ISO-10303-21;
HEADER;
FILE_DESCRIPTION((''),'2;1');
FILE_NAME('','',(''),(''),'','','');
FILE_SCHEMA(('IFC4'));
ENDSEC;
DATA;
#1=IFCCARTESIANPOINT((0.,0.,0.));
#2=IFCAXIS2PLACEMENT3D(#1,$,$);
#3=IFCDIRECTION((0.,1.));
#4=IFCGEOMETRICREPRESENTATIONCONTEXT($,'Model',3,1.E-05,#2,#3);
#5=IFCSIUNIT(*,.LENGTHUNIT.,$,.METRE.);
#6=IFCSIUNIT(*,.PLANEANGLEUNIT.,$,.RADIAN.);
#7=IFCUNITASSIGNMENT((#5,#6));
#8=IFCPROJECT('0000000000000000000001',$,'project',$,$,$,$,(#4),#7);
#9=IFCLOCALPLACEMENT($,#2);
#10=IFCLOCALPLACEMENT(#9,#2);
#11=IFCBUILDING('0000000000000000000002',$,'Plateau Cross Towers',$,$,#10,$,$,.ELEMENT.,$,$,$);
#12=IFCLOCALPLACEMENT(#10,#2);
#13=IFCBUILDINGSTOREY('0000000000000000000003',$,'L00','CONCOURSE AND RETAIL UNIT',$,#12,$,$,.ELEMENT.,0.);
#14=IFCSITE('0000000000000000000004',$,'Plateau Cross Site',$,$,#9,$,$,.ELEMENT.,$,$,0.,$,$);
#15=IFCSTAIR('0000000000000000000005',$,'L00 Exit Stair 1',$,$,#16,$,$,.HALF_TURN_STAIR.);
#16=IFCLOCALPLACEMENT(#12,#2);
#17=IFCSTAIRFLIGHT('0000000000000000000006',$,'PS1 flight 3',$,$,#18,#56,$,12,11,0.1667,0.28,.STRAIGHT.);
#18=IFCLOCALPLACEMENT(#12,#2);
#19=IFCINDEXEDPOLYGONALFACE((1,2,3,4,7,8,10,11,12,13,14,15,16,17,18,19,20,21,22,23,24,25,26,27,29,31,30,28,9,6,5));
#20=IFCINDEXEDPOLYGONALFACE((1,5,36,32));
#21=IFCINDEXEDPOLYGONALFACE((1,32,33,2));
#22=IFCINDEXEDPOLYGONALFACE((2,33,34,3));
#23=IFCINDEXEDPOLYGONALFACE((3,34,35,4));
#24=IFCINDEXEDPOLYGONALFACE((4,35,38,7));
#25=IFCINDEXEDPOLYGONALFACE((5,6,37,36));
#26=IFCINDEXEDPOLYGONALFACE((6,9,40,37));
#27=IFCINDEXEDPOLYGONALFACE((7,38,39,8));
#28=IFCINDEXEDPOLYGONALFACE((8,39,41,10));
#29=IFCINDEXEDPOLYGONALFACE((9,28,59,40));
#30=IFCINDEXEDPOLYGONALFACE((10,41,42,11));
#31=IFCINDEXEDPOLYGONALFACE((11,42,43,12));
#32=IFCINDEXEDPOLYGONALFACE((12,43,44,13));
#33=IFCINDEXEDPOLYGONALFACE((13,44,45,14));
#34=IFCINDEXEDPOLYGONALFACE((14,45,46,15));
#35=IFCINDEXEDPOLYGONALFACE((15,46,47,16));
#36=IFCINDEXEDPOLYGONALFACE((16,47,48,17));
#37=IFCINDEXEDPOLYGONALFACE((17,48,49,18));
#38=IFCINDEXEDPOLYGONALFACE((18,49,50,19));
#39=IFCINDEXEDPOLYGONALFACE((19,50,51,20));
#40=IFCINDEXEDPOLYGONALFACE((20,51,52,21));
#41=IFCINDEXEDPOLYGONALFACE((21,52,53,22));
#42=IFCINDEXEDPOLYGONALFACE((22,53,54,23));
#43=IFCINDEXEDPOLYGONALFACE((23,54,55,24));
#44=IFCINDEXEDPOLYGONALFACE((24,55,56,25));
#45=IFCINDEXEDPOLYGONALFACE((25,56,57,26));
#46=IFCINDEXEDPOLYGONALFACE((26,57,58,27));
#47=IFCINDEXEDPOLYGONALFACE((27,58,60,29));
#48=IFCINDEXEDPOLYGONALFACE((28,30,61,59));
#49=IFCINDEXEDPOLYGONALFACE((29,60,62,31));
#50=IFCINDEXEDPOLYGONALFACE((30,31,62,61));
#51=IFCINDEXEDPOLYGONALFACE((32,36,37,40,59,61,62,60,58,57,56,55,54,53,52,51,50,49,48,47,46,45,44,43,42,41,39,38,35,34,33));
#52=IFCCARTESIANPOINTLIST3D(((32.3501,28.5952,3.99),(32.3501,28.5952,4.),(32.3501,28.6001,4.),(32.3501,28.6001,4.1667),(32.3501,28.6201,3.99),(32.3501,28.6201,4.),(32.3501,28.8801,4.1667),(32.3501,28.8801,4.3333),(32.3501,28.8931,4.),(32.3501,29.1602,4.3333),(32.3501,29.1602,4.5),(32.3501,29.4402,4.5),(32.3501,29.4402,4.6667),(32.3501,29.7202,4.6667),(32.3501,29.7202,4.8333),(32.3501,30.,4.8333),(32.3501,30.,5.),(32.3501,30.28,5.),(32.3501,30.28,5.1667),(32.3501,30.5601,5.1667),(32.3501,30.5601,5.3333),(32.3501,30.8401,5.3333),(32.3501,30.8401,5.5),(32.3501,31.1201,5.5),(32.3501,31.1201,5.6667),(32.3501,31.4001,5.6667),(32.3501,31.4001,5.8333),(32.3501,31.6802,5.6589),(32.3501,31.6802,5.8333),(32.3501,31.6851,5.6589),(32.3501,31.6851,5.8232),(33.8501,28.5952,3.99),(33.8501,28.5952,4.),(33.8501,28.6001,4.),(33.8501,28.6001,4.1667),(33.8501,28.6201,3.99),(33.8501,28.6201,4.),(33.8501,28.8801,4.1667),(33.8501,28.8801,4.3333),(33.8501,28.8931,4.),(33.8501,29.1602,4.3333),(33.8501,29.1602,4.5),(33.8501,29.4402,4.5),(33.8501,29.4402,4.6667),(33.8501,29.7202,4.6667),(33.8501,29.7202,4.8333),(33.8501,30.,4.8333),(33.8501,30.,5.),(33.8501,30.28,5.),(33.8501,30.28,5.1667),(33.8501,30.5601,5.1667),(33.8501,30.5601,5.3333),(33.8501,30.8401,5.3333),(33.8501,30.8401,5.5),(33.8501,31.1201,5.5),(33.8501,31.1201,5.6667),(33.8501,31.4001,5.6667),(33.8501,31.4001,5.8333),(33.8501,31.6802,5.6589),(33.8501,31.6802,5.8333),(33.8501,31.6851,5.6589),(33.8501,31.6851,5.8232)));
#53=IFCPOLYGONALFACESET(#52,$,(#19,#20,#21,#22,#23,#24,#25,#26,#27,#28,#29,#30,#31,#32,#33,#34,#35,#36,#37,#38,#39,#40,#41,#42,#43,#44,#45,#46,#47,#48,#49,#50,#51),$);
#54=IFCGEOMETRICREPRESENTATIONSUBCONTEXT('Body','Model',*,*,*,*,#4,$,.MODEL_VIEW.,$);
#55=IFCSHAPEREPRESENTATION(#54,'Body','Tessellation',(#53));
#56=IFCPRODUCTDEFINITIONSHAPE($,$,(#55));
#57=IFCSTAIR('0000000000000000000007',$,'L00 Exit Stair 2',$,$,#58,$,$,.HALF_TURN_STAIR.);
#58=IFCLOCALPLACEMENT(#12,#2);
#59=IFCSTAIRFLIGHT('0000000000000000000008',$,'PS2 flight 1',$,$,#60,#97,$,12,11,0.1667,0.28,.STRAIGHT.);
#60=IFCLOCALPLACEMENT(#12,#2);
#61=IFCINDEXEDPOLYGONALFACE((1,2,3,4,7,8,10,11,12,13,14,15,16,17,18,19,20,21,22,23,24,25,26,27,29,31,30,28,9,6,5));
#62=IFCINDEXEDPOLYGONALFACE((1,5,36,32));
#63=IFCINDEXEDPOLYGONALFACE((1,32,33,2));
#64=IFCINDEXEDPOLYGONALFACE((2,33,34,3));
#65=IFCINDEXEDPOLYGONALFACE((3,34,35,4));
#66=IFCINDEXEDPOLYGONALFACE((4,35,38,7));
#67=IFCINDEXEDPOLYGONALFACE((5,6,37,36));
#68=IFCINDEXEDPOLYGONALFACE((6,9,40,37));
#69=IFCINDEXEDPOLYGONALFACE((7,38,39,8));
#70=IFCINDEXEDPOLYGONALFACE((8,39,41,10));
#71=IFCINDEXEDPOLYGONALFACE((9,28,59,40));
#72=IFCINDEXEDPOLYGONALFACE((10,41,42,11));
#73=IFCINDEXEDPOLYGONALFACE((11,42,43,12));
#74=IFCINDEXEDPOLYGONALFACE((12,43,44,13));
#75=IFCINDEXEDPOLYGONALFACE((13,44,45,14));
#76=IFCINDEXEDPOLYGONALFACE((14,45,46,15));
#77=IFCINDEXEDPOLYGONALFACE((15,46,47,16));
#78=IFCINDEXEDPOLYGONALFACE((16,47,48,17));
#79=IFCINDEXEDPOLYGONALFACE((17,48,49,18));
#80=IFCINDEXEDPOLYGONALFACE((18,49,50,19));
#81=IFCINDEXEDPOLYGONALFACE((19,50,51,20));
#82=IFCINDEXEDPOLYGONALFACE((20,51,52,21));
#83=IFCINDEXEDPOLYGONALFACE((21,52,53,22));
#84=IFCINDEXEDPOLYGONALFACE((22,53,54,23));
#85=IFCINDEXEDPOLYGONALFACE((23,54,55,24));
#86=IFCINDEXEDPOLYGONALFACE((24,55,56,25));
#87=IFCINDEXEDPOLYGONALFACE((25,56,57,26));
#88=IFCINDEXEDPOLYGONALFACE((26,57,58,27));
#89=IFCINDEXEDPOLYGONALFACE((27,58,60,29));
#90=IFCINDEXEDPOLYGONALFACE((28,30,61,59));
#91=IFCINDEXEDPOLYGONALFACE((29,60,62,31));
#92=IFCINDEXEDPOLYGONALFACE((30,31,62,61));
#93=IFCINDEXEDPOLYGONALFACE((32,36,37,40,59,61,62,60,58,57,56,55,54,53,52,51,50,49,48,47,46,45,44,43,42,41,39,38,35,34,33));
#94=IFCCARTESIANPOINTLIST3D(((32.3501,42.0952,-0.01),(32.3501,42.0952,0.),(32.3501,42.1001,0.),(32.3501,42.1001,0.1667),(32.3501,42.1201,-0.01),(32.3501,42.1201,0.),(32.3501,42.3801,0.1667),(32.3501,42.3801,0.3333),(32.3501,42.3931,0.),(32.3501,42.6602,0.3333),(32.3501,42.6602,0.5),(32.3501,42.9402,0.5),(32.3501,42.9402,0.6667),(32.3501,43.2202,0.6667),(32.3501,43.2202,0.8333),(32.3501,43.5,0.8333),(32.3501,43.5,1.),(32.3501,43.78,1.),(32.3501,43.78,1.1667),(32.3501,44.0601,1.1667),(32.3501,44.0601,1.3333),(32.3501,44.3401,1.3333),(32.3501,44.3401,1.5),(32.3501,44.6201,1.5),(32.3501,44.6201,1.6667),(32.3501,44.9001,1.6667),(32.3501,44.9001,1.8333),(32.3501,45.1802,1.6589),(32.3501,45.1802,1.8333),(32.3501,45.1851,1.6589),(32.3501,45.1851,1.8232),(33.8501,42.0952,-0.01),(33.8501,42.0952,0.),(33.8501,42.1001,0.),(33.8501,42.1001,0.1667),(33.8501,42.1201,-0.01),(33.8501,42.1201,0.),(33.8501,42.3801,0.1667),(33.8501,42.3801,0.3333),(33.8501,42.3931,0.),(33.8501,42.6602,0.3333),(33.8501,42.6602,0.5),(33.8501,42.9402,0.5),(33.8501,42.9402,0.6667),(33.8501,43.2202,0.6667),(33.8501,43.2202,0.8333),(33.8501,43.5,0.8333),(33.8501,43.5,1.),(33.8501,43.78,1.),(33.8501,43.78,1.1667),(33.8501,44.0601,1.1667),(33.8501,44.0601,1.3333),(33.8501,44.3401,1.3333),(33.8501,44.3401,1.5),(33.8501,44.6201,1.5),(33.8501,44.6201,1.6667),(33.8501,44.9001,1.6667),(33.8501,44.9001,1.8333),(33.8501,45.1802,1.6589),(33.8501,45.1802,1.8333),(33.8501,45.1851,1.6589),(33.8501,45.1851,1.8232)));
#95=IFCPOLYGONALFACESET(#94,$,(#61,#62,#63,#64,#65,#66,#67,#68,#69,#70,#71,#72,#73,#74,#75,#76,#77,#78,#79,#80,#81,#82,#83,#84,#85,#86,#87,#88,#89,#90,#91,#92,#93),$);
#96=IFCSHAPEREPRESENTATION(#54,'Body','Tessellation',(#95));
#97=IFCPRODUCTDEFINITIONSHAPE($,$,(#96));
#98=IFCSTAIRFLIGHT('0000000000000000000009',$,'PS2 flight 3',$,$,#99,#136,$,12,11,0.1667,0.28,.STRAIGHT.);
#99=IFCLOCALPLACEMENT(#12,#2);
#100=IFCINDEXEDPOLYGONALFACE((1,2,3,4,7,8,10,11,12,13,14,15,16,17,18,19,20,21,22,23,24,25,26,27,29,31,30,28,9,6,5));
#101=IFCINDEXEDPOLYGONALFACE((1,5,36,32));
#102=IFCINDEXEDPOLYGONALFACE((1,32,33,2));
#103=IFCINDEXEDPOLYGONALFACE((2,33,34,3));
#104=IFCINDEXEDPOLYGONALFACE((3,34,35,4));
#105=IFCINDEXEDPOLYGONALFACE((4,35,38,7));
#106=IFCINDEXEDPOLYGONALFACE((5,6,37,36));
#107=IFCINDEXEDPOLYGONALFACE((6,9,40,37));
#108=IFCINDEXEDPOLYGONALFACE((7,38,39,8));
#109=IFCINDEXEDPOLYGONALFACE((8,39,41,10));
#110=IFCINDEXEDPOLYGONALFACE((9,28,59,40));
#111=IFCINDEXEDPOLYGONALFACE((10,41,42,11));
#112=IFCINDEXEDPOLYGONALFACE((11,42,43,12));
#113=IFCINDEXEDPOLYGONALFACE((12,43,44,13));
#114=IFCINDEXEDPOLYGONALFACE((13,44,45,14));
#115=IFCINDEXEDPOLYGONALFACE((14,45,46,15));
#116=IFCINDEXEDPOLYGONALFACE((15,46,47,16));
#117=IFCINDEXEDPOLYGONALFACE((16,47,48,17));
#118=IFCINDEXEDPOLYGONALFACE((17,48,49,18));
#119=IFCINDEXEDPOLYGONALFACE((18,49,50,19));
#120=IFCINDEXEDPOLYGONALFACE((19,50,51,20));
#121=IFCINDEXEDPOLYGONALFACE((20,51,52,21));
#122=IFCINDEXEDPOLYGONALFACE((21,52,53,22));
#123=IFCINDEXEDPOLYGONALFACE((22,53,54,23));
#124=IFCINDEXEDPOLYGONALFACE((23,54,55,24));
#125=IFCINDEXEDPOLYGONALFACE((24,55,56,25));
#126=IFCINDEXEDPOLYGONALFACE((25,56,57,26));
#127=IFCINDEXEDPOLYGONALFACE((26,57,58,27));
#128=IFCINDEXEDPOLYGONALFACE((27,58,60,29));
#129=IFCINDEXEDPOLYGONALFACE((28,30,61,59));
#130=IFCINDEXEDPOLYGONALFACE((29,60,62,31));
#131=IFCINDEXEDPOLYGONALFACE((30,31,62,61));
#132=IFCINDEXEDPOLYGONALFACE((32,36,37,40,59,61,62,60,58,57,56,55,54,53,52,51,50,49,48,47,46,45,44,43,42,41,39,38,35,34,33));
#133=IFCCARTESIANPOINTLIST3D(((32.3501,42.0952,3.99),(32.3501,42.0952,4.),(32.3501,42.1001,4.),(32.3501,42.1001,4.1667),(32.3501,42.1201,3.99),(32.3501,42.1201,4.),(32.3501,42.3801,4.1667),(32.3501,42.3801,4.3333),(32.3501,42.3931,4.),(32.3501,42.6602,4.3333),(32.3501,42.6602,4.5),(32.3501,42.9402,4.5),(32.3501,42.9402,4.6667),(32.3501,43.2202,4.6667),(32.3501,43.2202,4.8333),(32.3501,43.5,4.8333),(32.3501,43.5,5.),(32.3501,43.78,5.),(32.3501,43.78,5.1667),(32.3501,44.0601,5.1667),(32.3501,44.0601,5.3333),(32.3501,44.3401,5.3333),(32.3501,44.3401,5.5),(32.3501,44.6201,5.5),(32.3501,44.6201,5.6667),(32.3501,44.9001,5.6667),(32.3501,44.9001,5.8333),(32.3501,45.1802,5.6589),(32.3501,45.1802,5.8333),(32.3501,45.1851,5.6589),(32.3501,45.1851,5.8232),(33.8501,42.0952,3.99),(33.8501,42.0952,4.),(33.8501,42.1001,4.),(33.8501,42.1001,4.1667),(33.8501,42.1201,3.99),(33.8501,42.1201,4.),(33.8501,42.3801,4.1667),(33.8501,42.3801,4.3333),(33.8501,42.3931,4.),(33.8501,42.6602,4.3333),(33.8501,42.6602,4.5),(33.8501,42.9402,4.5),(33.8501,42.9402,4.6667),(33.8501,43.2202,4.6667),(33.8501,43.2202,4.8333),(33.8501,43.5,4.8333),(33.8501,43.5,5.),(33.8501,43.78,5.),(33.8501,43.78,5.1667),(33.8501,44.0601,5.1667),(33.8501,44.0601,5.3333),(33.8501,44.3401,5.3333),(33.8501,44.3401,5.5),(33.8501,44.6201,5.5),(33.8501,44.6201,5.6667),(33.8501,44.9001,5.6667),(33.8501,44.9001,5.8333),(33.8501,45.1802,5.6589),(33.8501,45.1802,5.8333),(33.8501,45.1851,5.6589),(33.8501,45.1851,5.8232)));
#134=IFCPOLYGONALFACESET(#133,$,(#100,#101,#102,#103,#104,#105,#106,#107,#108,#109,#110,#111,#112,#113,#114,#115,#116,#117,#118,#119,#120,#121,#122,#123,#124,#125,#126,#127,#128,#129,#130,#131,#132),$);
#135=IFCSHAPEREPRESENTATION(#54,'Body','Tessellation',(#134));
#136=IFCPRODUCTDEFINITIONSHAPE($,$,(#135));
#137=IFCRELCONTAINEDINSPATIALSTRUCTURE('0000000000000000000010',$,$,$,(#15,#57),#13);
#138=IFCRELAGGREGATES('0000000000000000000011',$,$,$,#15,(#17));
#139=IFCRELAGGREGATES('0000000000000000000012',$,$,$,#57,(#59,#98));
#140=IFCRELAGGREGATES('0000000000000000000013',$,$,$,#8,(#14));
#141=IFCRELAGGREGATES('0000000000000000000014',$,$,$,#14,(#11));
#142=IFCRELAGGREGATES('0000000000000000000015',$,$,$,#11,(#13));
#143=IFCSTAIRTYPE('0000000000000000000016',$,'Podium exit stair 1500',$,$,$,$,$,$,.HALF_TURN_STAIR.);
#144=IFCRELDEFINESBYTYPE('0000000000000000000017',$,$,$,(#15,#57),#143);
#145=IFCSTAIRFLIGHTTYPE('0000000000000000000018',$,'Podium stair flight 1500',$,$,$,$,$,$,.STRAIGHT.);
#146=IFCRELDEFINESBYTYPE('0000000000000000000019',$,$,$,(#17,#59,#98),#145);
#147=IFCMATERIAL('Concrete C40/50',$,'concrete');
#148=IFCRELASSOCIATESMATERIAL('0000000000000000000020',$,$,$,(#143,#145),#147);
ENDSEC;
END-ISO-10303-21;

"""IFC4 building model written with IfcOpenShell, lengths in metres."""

from ifc_helpers import new_model, si_unit, direction, frame, origin, place, context, subcontext, project, spatial, polyline, outline, extrude, material, type_object, element, aggregate, save


model = new_model("IFC4")

# Units and contexts
model_context = context("Model", 3, precision=1e-05, world=origin(), true_north=direction((0.0, 1.0)))
body_context = subcontext(model_context, "Body", "Model", "MODEL_VIEW")
ifc_project = project(units=[si_unit("LENGTHUNIT", "METRE"), si_unit("PLANEANGLEUNIT", "RADIAN")], contexts=[model_context])

# Site, building, storey
site_placement = place(None, origin())
site = spatial("IfcSite", under=ifc_project, at=site_placement, Name="Plateau Cross Site", CompositionType="ELEMENT", RefElevation=0.0)
building_placement = place(site_placement, origin())
building = spatial("IfcBuilding", under=site, at=building_placement, Name="Plateau Cross Towers", CompositionType="ELEMENT")
storey_placement = place(building_placement, origin())
storey = spatial("IfcBuildingStorey", under=building, at=storey_placement, Name="L00", Description="CONCOURSE AND RETAIL UNIT", CompositionType="ELEMENT", Elevation=0.0)

# Stairs, stair flights
ifc_material_1 = material(Name="Concrete C40/50", Category="concrete")
stair_type = type_object("IfcStairType", Name="Podium exit stair 1500", PredefinedType="HALF_TURN_STAIR", material=ifc_material_1)
stair_1_placement = place(storey_placement, origin())
stair_1 = element("IfcStair", 1, at=stair_1_placement, inside=storey, type_object=stair_type, Name="L00 Exit Stair 1", PredefinedType="HALF_TURN_STAIR")
stair_flight_type = type_object("IfcStairFlightType", Name="Podium stair flight 1500", PredefinedType="STRAIGHT", material=ifc_material_1)
stair_flight_1_placement = place(storey_placement, frame((33.1001, 28.6001, 4.0), z_axis=(0.0, 0.0, 1.0), x_axis=(0.0, 1.0, 0.0)))
stair_flight_1 = element("IfcStairFlight", 2, at=stair_flight_1_placement, type_object=stair_flight_type, Name="PS1 flight 3", NumberOfRisers=12, NumberOfTreads=11, PredefinedType="STRAIGHT", RiserHeight=0.1667, TreadLength=0.28, context=body_context, shape_type="SweptSolid", body=[
    extrude(outline(polyline([(-0.0049, -0.01), (-0.0049, 0.0), (0.0, 0.0), (0.0, 0.1667), (0.28, 0.1667), (0.28, 0.3333), (0.5601, 0.3333), (0.5601, 0.5), (0.8401, 0.5), (0.8401, 0.6667), (1.1201, 0.6667), (1.1201, 0.8333), (1.3999, 0.8333), (1.3999, 1.0), (1.6799, 1.0), (1.6799, 1.1667), (1.96, 1.1667), (1.96, 1.3333), (2.24, 1.3333), (2.24, 1.5), (2.52, 1.5), (2.52, 1.6667), (2.8, 1.6667), (2.8, 1.8333), (3.0801, 1.8333), (3.085, 1.8232), (3.085, 1.6589), (3.0801, 1.6589), (0.293, 0.0), (0.02, 0.0), (0.02, -0.01), (-0.0049, -0.01)])), frame((0.0, 0.75, 0.0), z_axis=(0.0, -1.0, 0.0), x_axis=(1.0, 0.0, 0.0)), (0.0, 0.0, 1.0), 1.5),
])
aggregate(stair_1, [stair_flight_1])
stair_2_placement = place(storey_placement, origin())
stair_2 = element("IfcStair", 3, at=stair_2_placement, inside=storey, type_object=stair_type, Name="L00 Exit Stair 2", PredefinedType="HALF_TURN_STAIR")
stair_flight_2_placement = place(storey_placement, frame((33.1001, 42.1001, 0.0), z_axis=(0.0, 0.0, 1.0), x_axis=(0.0, 1.0, 0.0)))
stair_flight_2 = element("IfcStairFlight", 4, at=stair_flight_2_placement, type_object=stair_flight_type, Name="PS2 flight 1", NumberOfRisers=12, NumberOfTreads=11, PredefinedType="STRAIGHT", RiserHeight=0.1667, TreadLength=0.28, context=body_context, shape_type="SweptSolid", body=[
    extrude(outline(polyline([(-0.0049, -0.01), (-0.0049, 0.0), (0.0, 0.0), (0.0, 0.1667), (0.28, 0.1667), (0.28, 0.3333), (0.5601, 0.3333), (0.5601, 0.5), (0.8401, 0.5), (0.8401, 0.6667), (1.1201, 0.6667), (1.1201, 0.8333), (1.3999, 0.8333), (1.3999, 1.0), (1.6799, 1.0), (1.6799, 1.1667), (1.96, 1.1667), (1.96, 1.3333), (2.24, 1.3333), (2.24, 1.5), (2.52, 1.5), (2.52, 1.6667), (2.8, 1.6667), (2.8, 1.8333), (3.0801, 1.8333), (3.085, 1.8232), (3.085, 1.6589), (3.0801, 1.6589), (0.293, 0.0), (0.02, 0.0), (0.02, -0.01), (-0.0049, -0.01)])), frame((0.0, 0.75, 0.0), z_axis=(0.0, -1.0, 0.0), x_axis=(1.0, 0.0, 0.0)), (0.0, 0.0, 1.0), 1.5),
])
stair_flight_3_placement = place(storey_placement, frame((33.1001, 42.1001, 4.0), z_axis=(0.0, 0.0, 1.0), x_axis=(0.0, 1.0, 0.0)))
stair_flight_3 = element("IfcStairFlight", 5, at=stair_flight_3_placement, type_object=stair_flight_type, Name="PS2 flight 3", NumberOfRisers=12, NumberOfTreads=11, PredefinedType="STRAIGHT", RiserHeight=0.1667, TreadLength=0.28, context=body_context, shape_type="SweptSolid", body=[
    extrude(outline(polyline([(-0.0049, -0.01), (-0.0049, 0.0), (0.0, 0.0), (0.0, 0.1667), (0.28, 0.1667), (0.28, 0.3333), (0.5601, 0.3333), (0.5601, 0.5), (0.8401, 0.5), (0.8401, 0.6667), (1.1201, 0.6667), (1.1201, 0.8333), (1.3999, 0.8333), (1.3999, 1.0), (1.6799, 1.0), (1.6799, 1.1667), (1.96, 1.1667), (1.96, 1.3333), (2.24, 1.3333), (2.24, 1.5), (2.52, 1.5), (2.52, 1.6667), (2.8, 1.6667), (2.8, 1.8333), (3.0801, 1.8333), (3.085, 1.8232), (3.085, 1.6589), (3.0801, 1.6589), (0.293, 0.0), (0.02, 0.0), (0.02, -0.01), (-0.0049, -0.01)])), frame((0.0, 0.75, 0.0), z_axis=(0.0, -1.0, 0.0), x_axis=(1.0, 0.0, 0.0)), (0.0, 0.0, 1.0), 1.5),
])
aggregate(stair_2, [stair_flight_2, stair_flight_3])

save(model, "model.ifc")
